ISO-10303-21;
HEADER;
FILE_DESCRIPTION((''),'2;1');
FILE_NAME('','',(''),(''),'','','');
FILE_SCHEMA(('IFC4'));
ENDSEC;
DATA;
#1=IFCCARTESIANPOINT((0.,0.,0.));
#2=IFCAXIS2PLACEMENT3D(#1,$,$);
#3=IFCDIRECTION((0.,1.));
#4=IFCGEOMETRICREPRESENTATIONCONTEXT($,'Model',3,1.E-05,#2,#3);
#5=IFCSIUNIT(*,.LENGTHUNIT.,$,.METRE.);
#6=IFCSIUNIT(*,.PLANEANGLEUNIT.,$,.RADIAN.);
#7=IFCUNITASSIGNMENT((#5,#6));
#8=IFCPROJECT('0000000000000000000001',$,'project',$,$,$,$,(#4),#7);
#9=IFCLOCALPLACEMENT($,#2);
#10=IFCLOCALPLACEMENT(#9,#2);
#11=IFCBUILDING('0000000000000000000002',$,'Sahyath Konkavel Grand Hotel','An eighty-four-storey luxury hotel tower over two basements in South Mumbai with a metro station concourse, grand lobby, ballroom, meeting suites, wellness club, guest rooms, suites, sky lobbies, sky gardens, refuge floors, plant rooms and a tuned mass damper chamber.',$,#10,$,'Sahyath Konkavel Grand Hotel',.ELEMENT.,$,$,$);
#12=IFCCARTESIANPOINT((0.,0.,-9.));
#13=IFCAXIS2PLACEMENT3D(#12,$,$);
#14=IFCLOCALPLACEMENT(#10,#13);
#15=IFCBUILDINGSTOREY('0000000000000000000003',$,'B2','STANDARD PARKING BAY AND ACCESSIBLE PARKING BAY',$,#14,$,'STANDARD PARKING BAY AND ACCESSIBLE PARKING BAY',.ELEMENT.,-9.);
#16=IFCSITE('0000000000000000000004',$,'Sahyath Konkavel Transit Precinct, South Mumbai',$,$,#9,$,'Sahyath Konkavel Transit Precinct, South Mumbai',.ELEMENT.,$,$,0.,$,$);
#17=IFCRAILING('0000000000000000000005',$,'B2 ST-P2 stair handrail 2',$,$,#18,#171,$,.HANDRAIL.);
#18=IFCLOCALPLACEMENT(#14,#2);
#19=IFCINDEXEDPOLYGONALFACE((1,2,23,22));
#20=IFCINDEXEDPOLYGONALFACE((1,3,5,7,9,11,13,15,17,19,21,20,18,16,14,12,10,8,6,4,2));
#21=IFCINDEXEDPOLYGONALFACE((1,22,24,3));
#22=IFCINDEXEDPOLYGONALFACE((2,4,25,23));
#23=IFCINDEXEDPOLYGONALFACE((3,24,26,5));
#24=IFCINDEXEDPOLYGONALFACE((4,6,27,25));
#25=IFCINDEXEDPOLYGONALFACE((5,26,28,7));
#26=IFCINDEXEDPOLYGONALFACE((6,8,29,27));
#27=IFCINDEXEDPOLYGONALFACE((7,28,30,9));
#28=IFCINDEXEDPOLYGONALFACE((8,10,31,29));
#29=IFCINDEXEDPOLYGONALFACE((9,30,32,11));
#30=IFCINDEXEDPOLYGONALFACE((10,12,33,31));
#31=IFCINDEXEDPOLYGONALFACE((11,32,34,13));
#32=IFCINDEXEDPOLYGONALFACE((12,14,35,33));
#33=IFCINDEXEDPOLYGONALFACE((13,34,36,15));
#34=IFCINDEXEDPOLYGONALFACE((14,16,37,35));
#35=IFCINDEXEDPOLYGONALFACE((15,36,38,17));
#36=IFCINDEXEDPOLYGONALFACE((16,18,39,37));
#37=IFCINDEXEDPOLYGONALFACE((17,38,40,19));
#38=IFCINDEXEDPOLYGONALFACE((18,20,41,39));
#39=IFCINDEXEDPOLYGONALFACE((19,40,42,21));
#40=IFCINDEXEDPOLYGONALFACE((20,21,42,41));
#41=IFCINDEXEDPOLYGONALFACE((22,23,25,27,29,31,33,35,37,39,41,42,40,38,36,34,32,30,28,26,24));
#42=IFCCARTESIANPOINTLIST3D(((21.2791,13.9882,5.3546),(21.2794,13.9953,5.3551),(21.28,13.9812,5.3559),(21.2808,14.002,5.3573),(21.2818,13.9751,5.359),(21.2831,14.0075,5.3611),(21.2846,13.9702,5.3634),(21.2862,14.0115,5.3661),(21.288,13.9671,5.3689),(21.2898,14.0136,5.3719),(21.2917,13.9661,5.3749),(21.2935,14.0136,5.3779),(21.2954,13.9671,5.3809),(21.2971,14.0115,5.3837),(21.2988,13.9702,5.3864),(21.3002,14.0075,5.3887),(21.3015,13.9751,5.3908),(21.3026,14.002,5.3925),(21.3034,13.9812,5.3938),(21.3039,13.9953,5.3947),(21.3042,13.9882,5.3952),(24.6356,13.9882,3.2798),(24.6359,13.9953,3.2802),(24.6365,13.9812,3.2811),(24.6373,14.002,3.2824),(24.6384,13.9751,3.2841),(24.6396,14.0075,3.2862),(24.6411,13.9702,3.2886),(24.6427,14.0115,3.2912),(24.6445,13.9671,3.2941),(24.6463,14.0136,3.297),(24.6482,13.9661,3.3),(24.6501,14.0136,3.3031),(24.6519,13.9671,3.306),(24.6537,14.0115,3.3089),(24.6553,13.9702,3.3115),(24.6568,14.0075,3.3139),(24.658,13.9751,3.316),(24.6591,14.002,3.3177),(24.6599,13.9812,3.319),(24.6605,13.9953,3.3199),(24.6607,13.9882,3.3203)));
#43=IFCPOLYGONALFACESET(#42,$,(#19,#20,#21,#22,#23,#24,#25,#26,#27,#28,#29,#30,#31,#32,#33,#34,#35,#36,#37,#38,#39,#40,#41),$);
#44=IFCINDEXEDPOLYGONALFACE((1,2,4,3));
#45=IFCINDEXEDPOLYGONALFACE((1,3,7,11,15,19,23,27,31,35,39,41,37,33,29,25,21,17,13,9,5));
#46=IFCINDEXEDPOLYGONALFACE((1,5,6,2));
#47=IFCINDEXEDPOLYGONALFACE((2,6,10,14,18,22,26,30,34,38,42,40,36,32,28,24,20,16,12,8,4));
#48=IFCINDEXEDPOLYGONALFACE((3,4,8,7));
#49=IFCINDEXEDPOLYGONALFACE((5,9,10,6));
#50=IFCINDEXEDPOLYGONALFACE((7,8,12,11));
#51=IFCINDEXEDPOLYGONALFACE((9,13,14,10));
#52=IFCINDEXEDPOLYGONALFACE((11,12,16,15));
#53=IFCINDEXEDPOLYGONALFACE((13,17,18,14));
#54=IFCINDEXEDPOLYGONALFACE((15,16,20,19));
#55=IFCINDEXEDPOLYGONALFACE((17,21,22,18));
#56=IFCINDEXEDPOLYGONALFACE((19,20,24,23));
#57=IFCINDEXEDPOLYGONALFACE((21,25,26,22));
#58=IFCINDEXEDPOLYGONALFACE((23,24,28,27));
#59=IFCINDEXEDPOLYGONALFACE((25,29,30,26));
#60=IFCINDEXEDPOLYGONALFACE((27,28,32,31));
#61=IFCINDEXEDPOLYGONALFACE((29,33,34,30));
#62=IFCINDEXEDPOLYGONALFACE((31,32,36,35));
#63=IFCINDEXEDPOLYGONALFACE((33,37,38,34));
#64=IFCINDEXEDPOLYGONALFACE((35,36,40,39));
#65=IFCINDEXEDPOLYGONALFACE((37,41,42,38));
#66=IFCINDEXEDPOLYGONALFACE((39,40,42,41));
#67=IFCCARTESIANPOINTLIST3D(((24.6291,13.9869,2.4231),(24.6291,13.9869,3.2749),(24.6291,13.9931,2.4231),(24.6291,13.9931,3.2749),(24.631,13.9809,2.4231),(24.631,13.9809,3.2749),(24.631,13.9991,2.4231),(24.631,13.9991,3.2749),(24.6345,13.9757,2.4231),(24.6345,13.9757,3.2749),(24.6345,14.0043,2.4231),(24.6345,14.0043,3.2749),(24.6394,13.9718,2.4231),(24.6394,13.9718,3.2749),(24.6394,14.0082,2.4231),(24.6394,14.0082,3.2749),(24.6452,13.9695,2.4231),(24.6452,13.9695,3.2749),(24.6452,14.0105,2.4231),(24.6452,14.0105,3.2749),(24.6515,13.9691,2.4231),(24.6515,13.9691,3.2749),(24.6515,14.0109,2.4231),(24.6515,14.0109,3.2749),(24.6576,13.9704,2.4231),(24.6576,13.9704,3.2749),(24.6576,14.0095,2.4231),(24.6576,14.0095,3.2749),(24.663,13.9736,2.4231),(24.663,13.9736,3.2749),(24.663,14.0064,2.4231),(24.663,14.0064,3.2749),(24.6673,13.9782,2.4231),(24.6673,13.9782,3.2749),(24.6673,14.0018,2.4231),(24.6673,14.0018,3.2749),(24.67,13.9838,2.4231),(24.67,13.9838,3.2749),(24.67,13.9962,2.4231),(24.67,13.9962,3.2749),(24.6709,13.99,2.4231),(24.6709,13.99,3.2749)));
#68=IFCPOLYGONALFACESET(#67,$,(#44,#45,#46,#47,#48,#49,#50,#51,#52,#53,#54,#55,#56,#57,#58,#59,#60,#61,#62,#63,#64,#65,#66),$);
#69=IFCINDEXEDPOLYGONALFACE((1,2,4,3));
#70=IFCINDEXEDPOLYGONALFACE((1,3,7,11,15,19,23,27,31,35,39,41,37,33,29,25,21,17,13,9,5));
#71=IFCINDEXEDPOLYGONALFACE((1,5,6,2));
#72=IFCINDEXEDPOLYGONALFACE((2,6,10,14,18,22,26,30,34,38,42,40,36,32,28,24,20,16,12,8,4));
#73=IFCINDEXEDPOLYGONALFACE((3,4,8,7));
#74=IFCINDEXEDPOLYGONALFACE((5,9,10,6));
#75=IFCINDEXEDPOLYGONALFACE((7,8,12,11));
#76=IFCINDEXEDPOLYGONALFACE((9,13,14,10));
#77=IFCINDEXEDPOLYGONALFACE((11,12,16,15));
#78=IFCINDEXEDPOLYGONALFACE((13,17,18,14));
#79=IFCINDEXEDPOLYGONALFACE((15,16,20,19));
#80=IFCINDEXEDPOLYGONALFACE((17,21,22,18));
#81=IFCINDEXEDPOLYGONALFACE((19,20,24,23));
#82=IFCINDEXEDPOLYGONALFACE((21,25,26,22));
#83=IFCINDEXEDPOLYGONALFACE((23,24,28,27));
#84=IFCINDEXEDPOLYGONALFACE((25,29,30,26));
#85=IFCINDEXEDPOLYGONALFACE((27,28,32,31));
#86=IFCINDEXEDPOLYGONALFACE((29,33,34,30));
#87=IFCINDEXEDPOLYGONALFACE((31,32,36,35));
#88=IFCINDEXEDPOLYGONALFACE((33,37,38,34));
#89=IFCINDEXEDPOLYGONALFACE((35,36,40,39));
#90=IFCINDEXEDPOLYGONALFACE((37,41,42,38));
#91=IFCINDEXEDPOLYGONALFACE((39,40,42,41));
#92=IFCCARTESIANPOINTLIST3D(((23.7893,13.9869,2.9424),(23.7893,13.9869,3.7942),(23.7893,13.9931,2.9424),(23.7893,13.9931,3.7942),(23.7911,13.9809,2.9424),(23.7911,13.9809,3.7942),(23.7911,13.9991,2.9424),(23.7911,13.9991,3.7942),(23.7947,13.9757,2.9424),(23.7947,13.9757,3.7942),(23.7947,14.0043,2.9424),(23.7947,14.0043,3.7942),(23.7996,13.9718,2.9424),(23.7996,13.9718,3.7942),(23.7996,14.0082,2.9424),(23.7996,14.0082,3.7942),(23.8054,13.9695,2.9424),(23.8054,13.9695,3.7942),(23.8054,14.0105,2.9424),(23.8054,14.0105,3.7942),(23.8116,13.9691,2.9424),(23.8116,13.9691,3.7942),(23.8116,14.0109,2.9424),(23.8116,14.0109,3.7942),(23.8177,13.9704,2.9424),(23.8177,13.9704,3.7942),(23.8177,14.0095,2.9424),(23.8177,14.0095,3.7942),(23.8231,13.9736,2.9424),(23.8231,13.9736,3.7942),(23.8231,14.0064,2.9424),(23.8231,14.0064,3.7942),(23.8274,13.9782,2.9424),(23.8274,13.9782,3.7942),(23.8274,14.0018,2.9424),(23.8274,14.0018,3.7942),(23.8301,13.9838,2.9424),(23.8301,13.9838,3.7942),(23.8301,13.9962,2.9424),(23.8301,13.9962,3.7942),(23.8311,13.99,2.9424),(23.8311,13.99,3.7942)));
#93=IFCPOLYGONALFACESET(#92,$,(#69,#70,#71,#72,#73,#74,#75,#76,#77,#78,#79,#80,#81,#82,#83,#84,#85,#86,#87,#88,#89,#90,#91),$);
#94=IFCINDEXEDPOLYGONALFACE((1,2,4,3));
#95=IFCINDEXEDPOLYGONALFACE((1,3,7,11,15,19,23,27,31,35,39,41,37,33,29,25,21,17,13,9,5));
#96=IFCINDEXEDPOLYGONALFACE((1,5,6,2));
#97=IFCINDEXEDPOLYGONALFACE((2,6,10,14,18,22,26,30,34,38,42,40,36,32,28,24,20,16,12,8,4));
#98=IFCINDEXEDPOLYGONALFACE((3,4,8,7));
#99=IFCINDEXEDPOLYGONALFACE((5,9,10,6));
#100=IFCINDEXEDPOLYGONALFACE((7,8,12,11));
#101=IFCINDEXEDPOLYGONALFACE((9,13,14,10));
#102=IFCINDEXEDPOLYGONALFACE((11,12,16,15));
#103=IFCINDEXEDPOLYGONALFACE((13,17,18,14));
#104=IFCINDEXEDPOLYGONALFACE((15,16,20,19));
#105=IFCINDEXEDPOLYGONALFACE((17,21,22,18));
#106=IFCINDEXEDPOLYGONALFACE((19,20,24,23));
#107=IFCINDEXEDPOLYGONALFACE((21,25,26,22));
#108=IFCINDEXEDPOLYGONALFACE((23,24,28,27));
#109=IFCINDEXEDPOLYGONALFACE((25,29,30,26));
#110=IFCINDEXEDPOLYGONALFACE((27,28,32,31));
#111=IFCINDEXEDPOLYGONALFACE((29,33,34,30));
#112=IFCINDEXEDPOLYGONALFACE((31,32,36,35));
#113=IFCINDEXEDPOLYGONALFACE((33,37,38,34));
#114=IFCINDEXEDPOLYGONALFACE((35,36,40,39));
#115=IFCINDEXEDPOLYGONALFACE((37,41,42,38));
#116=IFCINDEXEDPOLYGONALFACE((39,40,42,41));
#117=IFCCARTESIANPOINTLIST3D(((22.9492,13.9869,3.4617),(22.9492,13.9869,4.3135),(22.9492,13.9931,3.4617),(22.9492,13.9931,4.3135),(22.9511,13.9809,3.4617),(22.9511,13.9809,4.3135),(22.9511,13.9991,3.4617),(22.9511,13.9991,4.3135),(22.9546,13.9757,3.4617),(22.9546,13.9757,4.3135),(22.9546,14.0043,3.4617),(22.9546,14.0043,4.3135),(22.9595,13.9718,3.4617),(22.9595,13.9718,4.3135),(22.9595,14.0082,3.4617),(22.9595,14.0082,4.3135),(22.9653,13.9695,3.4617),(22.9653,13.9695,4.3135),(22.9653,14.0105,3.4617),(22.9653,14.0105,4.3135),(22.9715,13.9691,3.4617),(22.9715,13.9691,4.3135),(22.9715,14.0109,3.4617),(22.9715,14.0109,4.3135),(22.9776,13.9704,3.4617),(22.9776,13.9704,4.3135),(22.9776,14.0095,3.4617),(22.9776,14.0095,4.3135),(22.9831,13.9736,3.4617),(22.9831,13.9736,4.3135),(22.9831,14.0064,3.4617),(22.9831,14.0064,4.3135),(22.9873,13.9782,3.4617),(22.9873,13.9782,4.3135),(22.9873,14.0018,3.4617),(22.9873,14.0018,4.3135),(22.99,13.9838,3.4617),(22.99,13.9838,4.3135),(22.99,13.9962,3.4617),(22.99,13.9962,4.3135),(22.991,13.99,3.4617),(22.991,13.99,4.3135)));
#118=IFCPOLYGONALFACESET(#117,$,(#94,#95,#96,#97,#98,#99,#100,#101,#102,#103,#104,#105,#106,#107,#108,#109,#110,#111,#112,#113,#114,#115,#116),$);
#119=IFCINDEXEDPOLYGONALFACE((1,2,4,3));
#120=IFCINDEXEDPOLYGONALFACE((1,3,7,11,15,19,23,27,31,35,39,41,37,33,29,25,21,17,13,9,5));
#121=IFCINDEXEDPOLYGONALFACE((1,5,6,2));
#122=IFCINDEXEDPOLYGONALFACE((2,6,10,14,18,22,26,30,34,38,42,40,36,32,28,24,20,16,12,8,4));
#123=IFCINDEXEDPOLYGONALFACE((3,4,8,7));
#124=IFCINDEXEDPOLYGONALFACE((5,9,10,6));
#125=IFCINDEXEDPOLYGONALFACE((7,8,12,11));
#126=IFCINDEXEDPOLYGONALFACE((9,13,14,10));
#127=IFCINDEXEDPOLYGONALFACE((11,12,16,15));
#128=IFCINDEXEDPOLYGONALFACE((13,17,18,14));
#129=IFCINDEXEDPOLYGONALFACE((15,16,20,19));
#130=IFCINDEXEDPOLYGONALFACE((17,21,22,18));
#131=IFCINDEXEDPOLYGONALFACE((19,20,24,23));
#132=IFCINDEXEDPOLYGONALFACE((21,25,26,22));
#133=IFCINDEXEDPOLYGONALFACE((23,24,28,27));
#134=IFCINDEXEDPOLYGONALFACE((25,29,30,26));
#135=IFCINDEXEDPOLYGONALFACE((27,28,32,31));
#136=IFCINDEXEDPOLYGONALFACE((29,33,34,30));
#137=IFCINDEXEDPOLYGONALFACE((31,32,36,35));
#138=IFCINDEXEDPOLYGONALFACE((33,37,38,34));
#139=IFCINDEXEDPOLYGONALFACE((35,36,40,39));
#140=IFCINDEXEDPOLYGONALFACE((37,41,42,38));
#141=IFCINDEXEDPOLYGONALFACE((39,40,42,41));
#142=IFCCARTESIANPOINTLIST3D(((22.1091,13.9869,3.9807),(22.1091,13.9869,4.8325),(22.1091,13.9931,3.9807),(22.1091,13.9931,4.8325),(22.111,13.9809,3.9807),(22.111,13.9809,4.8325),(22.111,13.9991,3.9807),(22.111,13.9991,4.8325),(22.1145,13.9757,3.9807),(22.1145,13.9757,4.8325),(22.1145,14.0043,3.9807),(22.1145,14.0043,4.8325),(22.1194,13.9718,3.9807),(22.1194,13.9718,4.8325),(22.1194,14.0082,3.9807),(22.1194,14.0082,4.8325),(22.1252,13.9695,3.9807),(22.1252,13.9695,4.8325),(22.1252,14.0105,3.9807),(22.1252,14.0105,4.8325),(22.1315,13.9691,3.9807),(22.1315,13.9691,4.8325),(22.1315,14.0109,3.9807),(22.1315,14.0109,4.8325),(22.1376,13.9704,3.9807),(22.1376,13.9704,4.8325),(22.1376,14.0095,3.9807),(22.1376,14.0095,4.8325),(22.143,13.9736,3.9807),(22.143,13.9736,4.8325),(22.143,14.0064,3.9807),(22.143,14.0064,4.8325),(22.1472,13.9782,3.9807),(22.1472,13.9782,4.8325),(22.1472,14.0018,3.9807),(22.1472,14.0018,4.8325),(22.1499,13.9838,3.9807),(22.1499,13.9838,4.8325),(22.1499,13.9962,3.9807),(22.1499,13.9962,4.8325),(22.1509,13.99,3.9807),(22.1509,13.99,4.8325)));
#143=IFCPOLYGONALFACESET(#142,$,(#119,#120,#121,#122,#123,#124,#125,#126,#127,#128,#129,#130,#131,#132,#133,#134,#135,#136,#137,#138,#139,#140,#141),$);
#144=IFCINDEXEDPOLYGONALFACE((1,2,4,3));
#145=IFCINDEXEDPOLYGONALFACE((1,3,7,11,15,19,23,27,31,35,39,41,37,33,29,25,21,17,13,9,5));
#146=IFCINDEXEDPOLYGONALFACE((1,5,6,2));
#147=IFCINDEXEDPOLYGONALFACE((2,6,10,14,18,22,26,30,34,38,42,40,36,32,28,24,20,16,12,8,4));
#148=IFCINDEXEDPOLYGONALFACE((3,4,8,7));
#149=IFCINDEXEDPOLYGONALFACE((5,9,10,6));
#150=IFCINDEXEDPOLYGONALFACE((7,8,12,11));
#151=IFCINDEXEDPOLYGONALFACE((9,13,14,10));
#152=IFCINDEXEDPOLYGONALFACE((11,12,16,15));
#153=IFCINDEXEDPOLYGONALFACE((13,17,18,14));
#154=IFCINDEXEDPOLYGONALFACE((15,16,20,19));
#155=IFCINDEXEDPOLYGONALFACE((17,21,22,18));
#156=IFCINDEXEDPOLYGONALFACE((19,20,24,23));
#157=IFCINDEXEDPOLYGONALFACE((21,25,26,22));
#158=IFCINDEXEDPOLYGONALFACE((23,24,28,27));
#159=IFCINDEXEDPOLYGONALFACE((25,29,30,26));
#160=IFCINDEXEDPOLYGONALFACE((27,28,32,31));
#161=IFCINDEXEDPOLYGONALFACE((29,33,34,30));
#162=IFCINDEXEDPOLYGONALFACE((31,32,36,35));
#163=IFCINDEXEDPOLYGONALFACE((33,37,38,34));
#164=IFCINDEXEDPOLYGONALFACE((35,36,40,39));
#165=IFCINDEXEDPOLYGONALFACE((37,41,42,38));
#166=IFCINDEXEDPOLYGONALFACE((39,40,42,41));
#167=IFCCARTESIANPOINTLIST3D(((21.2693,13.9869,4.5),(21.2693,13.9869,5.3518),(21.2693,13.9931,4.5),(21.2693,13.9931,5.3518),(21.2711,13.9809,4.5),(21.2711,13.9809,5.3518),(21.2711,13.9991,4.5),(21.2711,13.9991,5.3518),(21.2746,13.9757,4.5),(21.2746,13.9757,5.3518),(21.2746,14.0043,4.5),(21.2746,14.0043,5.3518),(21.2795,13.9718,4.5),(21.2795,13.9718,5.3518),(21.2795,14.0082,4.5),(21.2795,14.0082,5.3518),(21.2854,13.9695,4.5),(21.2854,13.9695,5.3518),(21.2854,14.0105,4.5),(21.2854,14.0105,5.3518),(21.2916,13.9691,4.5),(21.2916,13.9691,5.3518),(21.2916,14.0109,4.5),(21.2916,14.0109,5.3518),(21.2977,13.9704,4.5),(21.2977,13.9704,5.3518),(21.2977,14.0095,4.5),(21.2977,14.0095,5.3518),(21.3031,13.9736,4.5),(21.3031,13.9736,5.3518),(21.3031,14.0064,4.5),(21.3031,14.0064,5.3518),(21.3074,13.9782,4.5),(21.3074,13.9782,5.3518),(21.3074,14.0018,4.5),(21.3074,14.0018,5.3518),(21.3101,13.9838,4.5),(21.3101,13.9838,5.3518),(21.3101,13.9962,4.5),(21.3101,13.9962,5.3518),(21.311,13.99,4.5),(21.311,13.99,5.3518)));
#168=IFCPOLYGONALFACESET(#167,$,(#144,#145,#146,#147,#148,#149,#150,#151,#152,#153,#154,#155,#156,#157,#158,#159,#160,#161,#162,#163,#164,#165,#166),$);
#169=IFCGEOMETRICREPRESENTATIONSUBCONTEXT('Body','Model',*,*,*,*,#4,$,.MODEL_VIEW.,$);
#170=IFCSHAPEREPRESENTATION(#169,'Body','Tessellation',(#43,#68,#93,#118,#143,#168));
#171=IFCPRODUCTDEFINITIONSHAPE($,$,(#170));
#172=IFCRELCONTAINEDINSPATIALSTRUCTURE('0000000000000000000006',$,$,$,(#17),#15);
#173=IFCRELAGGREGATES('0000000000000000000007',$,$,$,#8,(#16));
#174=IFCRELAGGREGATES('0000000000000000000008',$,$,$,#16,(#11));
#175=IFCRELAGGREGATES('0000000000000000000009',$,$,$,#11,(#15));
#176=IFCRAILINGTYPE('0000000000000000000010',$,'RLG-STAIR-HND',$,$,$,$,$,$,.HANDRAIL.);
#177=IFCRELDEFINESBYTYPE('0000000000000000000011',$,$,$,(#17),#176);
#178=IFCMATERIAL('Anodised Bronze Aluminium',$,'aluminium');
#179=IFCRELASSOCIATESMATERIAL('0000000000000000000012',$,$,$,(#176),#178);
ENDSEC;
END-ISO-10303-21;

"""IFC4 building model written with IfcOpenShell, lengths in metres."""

from ifc_helpers import new_model, si_unit, direction, frame, origin, origin_2d, place, context, subcontext, project, spatial, circle, extrude, material, type_object, element, save


model = new_model("IFC4")

# Units and contexts
model_context = context("Model", 3, precision=1e-05, world=origin(), true_north=direction((0.0, 1.0)))
body_context = subcontext(model_context, "Body", "Model", "MODEL_VIEW")
ifc_project = project(units=[si_unit("LENGTHUNIT", "METRE"), si_unit("PLANEANGLEUNIT", "RADIAN")], contexts=[model_context])

# Site, building, storey
site_placement = place(None, origin())
site = spatial("IfcSite", under=ifc_project, at=site_placement, Name="Sahyath Konkavel Transit Precinct, South Mumbai", LongName="Sahyath Konkavel Transit Precinct, South Mumbai", CompositionType="ELEMENT", RefElevation=0.0)
building_placement = place(site_placement, origin())
building = spatial("IfcBuilding", under=site, at=building_placement, Name="Sahyath Konkavel Grand Hotel", Description="An eighty-four-storey luxury hotel tower over two basements in South Mumbai with a metro station concourse, grand lobby, ballroom, meeting suites, wellness club, guest rooms, suites, sky lobbies, sky gardens, refuge floors, plant rooms and a tuned mass damper chamber.", LongName="Sahyath Konkavel Grand Hotel", CompositionType="ELEMENT")
storey_placement = place(building_placement, frame((0.0, 0.0, -9.0)))
storey = spatial("IfcBuildingStorey", under=building, at=storey_placement, Name="B2", Description="STANDARD PARKING BAY AND ACCESSIBLE PARKING BAY", LongName="STANDARD PARKING BAY AND ACCESSIBLE PARKING BAY", CompositionType="ELEMENT", Elevation=-9.0)

# Railing
ifc_material_1 = material(Name="Anodised Bronze Aluminium", Category="aluminium")
railing_type_1 = type_object("IfcRailingType", Name="RLG-STAIR-HND", PredefinedType="HANDRAIL", material=ifc_material_1)
railing_1_placement = place(storey_placement, frame((24.6499, 13.99, 2.4231)))
element("IfcRailing", 1, at=railing_1_placement, inside=storey, type_object=railing_type_1, Name="B2 ST-P2 stair handrail 2", PredefinedType="HANDRAIL", context=body_context, shape_type="SweptSolid", body=[
    extrude(circle(Radius=0.0239, at=origin_2d()), frame((-0.0017, 0.0, 0.877), z_axis=(-0.850606, 0.0, 0.525803), x_axis=(0.0, -1.0, 0.0)), (0.0, 0.0, 1.0), 3.946),
    extrude(circle(Radius=0.021, at=origin_2d()), origin(), (0.0, 0.0, 1.0), 0.8518),
    extrude(circle(Radius=0.021, at=origin_2d()), frame((-0.8398, 0.0, 0.5193)), (0.0, 0.0, 1.0), 0.8518),
    extrude(circle(Radius=0.021, at=origin_2d()), frame((-1.6799, 0.0, 1.0386)), (0.0, 0.0, 1.0), 0.8518),
    extrude(circle(Radius=0.021, at=origin_2d()), frame((-2.52, 0.0, 1.5576)), (0.0, 0.0, 1.0), 0.8518),
    extrude(circle(Radius=0.021, at=origin_2d()), frame((-3.3599, 0.0, 2.0769)), (0.0, 0.0, 1.0), 0.8518),
])

save(model, "model.ifc")
